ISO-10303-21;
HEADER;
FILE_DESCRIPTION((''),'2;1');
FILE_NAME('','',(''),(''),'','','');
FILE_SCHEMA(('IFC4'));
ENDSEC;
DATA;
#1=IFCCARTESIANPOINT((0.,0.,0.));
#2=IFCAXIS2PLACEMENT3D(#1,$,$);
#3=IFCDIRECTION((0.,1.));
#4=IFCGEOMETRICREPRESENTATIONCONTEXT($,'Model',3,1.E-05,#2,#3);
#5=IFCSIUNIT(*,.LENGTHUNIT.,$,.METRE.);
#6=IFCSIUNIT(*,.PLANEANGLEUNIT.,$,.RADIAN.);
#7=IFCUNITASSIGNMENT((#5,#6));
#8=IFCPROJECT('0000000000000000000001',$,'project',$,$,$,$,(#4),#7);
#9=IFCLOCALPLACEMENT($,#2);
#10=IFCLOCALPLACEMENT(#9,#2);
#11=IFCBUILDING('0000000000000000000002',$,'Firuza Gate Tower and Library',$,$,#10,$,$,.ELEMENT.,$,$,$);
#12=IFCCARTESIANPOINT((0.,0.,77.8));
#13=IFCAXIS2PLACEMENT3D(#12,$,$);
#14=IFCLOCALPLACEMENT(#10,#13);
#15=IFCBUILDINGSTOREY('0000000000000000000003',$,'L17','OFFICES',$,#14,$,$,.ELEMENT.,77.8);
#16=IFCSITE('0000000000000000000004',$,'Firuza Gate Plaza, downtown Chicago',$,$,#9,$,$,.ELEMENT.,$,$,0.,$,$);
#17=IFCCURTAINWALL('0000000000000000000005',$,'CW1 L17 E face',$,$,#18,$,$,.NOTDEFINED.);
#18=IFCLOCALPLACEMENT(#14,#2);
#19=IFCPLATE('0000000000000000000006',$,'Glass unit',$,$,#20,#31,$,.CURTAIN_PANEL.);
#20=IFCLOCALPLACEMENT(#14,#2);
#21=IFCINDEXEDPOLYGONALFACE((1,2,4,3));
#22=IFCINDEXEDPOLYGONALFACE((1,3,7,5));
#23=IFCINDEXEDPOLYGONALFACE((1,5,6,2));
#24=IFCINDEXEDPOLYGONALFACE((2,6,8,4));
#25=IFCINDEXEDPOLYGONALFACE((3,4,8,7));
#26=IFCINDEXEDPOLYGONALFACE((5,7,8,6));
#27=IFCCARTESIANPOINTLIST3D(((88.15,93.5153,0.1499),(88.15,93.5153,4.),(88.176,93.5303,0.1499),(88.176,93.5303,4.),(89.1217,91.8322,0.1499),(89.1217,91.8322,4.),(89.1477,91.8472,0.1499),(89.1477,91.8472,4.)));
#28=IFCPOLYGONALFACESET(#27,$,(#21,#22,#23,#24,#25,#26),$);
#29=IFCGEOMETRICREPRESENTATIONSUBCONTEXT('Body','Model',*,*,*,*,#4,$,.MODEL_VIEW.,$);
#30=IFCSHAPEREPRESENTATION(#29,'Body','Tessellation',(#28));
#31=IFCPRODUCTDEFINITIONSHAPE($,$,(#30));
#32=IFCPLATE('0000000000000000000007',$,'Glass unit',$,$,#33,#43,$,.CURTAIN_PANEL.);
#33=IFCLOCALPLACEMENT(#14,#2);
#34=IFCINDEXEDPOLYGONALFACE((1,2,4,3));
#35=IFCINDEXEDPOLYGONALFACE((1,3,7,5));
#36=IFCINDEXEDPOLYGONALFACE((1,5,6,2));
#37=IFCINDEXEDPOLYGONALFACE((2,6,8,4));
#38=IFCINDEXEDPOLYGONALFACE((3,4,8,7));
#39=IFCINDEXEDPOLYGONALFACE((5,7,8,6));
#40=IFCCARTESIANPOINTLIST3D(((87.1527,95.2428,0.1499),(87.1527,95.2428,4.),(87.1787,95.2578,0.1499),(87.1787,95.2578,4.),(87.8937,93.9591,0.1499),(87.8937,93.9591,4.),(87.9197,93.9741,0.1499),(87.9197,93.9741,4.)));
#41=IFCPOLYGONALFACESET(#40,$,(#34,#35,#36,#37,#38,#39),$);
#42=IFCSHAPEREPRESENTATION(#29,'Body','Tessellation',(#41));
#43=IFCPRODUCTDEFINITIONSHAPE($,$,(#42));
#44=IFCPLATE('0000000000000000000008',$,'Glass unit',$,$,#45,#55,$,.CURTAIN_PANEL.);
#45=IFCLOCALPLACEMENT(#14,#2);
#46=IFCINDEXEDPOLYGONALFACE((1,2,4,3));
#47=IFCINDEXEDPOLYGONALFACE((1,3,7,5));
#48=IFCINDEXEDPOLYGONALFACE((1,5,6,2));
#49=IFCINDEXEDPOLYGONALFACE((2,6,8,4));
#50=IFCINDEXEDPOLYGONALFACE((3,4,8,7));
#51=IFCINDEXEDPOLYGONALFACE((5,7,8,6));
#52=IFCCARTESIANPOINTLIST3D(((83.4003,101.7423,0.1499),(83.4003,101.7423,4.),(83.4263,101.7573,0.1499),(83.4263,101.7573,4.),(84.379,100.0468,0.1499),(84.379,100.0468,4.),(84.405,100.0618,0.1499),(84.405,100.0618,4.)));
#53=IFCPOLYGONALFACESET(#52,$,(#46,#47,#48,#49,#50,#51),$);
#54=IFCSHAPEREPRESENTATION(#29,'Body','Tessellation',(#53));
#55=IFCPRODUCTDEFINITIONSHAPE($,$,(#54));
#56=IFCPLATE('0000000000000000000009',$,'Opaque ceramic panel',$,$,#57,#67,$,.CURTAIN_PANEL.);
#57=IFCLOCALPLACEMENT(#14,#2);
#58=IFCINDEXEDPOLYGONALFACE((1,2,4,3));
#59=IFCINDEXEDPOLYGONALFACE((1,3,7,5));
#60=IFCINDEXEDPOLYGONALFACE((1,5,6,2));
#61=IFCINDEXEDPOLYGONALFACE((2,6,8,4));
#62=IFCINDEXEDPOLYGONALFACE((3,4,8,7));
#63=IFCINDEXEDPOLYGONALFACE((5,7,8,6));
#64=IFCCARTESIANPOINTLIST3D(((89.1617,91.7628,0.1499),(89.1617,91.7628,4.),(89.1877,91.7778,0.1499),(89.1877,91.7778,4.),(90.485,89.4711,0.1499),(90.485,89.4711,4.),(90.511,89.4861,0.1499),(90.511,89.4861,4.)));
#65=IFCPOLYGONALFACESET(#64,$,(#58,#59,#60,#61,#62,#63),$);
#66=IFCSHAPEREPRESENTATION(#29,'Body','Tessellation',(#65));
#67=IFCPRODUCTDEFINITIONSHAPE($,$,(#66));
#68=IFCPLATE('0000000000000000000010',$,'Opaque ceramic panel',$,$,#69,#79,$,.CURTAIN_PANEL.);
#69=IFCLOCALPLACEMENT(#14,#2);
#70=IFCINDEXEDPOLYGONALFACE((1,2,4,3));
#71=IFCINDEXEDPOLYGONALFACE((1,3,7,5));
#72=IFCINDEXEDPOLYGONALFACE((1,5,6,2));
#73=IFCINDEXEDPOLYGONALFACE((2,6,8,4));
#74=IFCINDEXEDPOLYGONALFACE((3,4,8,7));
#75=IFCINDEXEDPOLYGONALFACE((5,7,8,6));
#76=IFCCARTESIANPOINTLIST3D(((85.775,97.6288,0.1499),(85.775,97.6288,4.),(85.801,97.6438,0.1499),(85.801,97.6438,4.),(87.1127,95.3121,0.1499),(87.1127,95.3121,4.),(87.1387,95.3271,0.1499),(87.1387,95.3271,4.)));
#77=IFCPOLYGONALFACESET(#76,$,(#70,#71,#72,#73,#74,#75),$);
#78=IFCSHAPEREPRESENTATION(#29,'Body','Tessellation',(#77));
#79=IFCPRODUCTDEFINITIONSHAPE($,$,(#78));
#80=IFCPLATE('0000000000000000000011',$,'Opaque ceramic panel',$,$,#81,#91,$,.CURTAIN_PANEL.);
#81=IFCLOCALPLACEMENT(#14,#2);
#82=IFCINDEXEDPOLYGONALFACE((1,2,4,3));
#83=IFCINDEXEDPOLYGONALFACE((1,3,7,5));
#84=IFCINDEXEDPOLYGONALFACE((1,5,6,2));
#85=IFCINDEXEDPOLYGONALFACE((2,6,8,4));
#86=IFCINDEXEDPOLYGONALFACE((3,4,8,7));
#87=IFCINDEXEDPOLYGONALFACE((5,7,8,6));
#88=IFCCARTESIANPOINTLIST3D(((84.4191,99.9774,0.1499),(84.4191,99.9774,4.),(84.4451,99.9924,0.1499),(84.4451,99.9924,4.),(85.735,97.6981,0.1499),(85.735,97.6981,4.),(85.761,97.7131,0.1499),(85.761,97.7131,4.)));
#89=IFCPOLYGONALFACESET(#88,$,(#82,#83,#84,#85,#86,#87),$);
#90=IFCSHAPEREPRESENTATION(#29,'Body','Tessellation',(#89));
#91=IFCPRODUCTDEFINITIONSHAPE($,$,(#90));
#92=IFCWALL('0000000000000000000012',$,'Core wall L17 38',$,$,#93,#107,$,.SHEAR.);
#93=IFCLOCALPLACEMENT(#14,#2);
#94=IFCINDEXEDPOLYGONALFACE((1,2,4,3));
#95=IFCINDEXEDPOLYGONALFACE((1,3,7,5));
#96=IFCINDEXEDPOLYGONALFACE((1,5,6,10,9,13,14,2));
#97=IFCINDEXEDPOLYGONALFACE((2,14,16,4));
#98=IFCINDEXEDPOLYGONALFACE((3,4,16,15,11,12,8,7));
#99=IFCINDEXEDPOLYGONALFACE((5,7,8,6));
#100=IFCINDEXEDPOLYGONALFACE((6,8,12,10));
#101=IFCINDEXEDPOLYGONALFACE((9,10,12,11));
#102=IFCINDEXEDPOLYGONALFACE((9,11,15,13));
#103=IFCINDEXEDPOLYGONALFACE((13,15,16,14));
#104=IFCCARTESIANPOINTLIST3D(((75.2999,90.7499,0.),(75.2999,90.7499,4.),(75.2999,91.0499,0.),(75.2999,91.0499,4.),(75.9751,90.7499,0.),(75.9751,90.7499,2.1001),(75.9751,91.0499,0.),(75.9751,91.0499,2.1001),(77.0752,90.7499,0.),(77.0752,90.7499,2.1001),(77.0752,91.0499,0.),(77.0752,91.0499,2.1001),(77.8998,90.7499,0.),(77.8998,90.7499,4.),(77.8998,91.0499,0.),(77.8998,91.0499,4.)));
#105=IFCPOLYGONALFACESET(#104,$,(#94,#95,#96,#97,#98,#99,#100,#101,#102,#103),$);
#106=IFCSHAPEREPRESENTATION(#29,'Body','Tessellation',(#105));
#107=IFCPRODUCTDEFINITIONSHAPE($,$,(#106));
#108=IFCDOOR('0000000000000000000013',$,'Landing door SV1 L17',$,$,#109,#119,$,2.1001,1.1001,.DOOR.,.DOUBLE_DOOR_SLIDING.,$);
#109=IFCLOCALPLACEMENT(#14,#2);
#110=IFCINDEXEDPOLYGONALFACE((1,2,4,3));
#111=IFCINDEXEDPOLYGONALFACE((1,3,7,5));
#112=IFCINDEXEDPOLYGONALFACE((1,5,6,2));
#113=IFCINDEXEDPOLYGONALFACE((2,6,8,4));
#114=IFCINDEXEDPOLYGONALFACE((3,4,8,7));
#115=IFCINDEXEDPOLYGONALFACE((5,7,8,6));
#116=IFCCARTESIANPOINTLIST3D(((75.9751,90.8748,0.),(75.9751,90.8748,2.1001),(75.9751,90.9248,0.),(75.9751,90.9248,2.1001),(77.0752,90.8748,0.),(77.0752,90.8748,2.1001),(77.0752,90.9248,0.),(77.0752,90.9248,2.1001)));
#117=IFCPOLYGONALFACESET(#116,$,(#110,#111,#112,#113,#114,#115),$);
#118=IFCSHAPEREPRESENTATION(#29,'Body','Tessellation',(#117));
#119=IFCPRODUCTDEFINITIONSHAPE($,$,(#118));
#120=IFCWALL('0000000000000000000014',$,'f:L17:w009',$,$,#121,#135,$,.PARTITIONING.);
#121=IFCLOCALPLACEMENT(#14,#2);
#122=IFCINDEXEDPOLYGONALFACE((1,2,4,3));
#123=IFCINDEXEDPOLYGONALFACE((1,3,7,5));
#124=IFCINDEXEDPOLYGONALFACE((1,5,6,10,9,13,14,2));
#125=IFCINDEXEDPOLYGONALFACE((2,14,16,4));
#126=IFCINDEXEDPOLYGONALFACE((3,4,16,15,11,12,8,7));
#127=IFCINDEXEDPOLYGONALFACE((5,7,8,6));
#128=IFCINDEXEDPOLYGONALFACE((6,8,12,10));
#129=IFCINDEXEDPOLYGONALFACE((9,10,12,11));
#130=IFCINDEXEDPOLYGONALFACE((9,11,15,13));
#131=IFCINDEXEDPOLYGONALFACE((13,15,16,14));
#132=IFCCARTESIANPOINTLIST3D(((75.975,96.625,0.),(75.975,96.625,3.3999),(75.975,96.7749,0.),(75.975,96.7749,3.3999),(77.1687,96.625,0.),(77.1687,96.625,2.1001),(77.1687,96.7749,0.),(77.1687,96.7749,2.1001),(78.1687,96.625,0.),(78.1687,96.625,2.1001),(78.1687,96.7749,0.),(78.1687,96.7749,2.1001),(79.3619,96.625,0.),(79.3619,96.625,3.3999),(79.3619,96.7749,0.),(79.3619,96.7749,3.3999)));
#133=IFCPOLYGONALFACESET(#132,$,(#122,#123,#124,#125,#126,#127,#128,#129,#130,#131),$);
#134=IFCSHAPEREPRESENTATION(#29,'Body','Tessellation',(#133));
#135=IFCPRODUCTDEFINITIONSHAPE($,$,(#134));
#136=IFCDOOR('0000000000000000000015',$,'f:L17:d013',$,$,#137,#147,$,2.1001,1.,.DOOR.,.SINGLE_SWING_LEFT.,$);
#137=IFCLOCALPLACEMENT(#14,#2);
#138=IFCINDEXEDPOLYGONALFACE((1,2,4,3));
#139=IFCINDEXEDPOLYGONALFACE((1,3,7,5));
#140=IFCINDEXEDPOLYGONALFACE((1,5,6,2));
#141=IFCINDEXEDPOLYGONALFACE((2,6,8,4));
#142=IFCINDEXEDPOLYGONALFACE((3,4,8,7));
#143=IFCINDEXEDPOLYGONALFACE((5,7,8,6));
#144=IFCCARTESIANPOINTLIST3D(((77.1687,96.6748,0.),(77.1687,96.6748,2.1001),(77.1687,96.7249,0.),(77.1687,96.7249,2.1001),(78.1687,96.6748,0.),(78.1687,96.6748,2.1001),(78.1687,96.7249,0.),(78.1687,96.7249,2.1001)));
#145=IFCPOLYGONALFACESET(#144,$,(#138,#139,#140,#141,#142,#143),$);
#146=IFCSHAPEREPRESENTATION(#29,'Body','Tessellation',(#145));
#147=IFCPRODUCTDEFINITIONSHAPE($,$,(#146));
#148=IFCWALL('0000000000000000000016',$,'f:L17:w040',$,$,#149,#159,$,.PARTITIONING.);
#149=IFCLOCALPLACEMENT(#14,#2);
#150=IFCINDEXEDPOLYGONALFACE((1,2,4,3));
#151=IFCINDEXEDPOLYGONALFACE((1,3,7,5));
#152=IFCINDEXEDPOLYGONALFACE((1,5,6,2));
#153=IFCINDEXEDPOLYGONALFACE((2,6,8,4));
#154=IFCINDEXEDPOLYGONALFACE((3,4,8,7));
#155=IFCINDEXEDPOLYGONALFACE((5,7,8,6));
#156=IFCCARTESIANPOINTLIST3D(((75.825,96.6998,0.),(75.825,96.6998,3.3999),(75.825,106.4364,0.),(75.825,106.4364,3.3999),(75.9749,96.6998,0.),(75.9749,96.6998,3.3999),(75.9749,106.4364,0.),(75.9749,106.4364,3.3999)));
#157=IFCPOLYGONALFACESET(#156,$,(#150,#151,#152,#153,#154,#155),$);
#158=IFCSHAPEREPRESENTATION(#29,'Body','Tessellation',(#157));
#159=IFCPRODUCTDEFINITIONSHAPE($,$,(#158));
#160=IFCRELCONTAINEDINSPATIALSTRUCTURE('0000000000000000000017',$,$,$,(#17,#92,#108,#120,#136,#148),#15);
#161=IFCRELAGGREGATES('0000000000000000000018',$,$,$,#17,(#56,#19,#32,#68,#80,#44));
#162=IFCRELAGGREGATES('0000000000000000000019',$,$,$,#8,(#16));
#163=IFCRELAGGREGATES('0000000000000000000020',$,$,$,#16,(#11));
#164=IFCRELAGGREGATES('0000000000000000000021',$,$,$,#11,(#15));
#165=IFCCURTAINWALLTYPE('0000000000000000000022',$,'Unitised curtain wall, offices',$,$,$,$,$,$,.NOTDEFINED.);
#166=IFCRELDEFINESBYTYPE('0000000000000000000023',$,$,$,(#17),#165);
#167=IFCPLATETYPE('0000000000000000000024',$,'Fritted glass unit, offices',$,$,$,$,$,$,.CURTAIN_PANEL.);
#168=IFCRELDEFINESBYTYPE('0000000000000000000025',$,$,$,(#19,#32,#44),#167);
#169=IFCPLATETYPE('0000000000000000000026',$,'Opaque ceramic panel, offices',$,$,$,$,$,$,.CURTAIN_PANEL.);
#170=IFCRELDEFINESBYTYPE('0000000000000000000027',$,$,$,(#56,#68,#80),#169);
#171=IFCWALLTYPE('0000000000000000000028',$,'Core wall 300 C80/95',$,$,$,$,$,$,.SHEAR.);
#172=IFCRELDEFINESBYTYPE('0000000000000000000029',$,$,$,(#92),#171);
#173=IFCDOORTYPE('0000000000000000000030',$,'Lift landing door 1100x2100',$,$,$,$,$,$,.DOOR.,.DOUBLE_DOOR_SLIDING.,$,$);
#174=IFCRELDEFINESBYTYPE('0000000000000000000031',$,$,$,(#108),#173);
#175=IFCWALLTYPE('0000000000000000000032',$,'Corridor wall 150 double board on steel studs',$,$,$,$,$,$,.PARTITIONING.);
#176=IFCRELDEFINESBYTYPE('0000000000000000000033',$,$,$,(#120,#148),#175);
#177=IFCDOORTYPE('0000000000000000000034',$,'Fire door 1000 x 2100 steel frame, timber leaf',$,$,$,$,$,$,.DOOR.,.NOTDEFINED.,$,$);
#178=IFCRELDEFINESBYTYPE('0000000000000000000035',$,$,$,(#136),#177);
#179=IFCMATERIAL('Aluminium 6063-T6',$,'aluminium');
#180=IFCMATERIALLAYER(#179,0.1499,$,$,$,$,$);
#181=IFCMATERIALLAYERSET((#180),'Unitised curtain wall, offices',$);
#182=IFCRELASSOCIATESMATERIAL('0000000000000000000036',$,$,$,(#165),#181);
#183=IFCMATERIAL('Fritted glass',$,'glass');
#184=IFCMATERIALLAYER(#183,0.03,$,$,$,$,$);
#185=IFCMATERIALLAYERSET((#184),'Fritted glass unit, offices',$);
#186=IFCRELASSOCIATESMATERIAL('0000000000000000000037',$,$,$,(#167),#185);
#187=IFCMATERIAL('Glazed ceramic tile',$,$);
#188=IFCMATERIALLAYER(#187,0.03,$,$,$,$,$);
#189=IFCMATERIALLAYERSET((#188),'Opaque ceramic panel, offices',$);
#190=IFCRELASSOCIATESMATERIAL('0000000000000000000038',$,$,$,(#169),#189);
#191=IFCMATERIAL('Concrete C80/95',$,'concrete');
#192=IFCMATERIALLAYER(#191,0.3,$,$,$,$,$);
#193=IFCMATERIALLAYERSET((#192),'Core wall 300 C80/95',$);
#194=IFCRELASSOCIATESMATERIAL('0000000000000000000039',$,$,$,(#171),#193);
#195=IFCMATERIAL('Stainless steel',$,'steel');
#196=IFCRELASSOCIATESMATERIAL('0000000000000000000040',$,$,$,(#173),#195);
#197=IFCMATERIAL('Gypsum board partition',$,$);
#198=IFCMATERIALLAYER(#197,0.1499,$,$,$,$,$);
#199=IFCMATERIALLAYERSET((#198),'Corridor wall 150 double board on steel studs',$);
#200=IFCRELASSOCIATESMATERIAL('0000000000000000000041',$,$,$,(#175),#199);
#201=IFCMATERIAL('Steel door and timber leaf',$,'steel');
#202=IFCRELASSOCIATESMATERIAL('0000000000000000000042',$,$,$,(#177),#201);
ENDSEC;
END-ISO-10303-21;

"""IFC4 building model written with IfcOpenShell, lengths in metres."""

from ifc_helpers import new_model, si_unit, direction, frame, frame_2d, origin, place, context, subcontext, project, spatial, polyline, rectangle, outline, extrude, material, layer, layer_set, type_object, element, fill, aggregate, save


model = new_model("IFC4")

# Units and contexts
model_context = context("Model", 3, precision=1e-05, world=origin(), true_north=direction((0.0, 1.0)))
body_context = subcontext(model_context, "Body", "Model", "MODEL_VIEW")
ifc_project = project(units=[si_unit("LENGTHUNIT", "METRE"), si_unit("PLANEANGLEUNIT", "RADIAN")], contexts=[model_context])

# Site, building, storey
site_placement = place(None, origin())
site = spatial("IfcSite", under=ifc_project, at=site_placement, Name="Firuza Gate Plaza, downtown Chicago", CompositionType="ELEMENT", RefElevation=0.0)
building_placement = place(site_placement, origin())
building = spatial("IfcBuilding", under=site, at=building_placement, Name="Firuza Gate Tower and Library", CompositionType="ELEMENT")
storey_placement = place(building_placement, frame((0.0, 0.0, 77.8)))
storey = spatial("IfcBuildingStorey", under=building, at=storey_placement, Name="L17", Description="OFFICES", CompositionType="ELEMENT", Elevation=77.8)

# Curtain wall
ifc_material_1 = material(Name="Aluminium 6063-T6", Category="aluminium")
ifc_layer_1 = layer(ifc_material_1, 0.1499)
ifc_layer_set_1 = layer_set([ifc_layer_1], Name="Unitised curtain wall, offices")
curtain_wall_type = type_object("IfcCurtainWallType", Name="Unitised curtain wall, offices", PredefinedType="NOTDEFINED", material=ifc_layer_set_1)
curtain_wall_placement = place(storey_placement, origin())
curtain_wall = element("IfcCurtainWall", 1, at=curtain_wall_placement, inside=storey, type_object=curtain_wall_type, Name="CW1 L17 E face", PredefinedType="NOTDEFINED")

# Plates
ifc_material_2 = material(Name="Fritted glass", Category="glass")
ifc_layer_2 = layer(ifc_material_2, 0.03)
ifc_layer_set_2 = layer_set([ifc_layer_2], Name="Fritted glass unit, offices")
plate_type_1 = type_object("IfcPlateType", Name="Fritted glass unit, offices", PredefinedType="CURTAIN_PANEL", material=ifc_layer_set_2)
plate_1_placement = place(storey_placement, frame((89.1477, 91.8472, 0.1499), z_axis=(0.866039, 0.499976, 0.0), x_axis=(-0.499976, 0.866039, 0.0)))
plate_1 = element("IfcPlate", 2, at=plate_1_placement, type_object=plate_type_1, Name="Glass unit", PredefinedType="CURTAIN_PANEL", context=body_context, shape_type="SweptSolid", body=[
    extrude(outline(polyline([(0.0, 0.0), (1.9435, 0.0), (1.9435, 3.8501), (0.0, 3.8501), (0.0, 0.0)])), origin(), (0.0, 0.0, -1.0), 0.03),
])
plate_2_placement = place(storey_placement, frame((87.9197, 93.9741, 0.1499), z_axis=(0.866076, 0.499913, 0.0), x_axis=(-0.499913, 0.866076, 0.0)))
plate_2 = element("IfcPlate", 3, at=plate_2_placement, type_object=plate_type_1, Name="Glass unit", PredefinedType="CURTAIN_PANEL", context=body_context, shape_type="SweptSolid", body=[
    extrude(outline(polyline([(0.0, 0.0), (1.4822, 0.0), (1.4822, 3.8501), (0.0, 3.8501), (0.0, 0.0)])), origin(), (0.0, 0.0, -1.0), 0.03),
])
plate_3_placement = place(storey_placement, frame((84.405, 100.0618, 0.1499), z_axis=(0.866063, 0.499935, 0.0), x_axis=(-0.499935, 0.866063, 0.0)))
plate_3 = element("IfcPlate", 4, at=plate_3_placement, type_object=plate_type_1, Name="Glass unit", PredefinedType="CURTAIN_PANEL", context=body_context, shape_type="SweptSolid", body=[
    extrude(outline(polyline([(0.0, 0.0), (1.9578, 0.0), (1.9578, 3.8501), (0.0, 3.8501), (0.0, 0.0)])), origin(), (0.0, 0.0, -1.0), 0.03),
])
ifc_material_3 = material(Name="Glazed ceramic tile")
ifc_layer_3 = layer(ifc_material_3, 0.03)
ifc_layer_set_3 = layer_set([ifc_layer_3], Name="Opaque ceramic panel, offices")
plate_type_2 = type_object("IfcPlateType", Name="Opaque ceramic panel, offices", PredefinedType="CURTAIN_PANEL", material=ifc_layer_set_3)
plate_4_placement = place(storey_placement, frame((90.511, 89.4861, 0.1499), z_axis=(0.866009, 0.500029, 0.0), x_axis=(-0.500029, 0.866009, 0.0)))
plate_4 = element("IfcPlate", 5, at=plate_4_placement, type_object=plate_type_2, Name="Opaque ceramic panel", PredefinedType="CURTAIN_PANEL", context=body_context, shape_type="SweptSolid", body=[
    extrude(outline(polyline([(0.0, 0.0), (2.6463, 0.0), (2.6463, 3.8501), (0.0, 3.8501), (0.0, 0.0)])), origin(), (0.0, 0.0, -1.0), 0.03),
])
plate_5_placement = place(storey_placement, frame((87.1387, 95.3271, 0.1499), z_axis=(0.866005, 0.500036, 0.0), x_axis=(-0.500036, 0.866005, 0.0)))
plate_5 = element("IfcPlate", 6, at=plate_5_placement, type_object=plate_type_2, Name="Opaque ceramic panel", PredefinedType="CURTAIN_PANEL", context=body_context, shape_type="SweptSolid", body=[
    extrude(outline(polyline([(0.0, 0.0), (2.6751, 0.0), (2.6751, 3.8501), (0.0, 3.8501), (0.0, 0.0)])), origin(), (0.0, 0.0, -1.0), 0.03),
])
plate_6_placement = place(storey_placement, frame((85.761, 97.7131, 0.1499), z_axis=(0.866031, 0.49999, 0.0), x_axis=(-0.49999, 0.866031, 0.0)))
plate_6 = element("IfcPlate", 7, at=plate_6_placement, type_object=plate_type_2, Name="Opaque ceramic panel", PredefinedType="CURTAIN_PANEL", context=body_context, shape_type="SweptSolid", body=[
    extrude(outline(polyline([(0.0, 0.0), (2.6319, 0.0), (2.6319, 3.8501), (0.0, 3.8501), (0.0, 0.0)])), origin(), (0.0, 0.0, -1.0), 0.03),
])
aggregate(curtain_wall, [plate_4, plate_1, plate_2, plate_5, plate_6, plate_3])

# Walls, openings, doors
ifc_material_4 = material(Name="Concrete C80/95", Category="concrete")
ifc_layer_4 = layer(ifc_material_4, 0.3)
ifc_layer_set_4 = layer_set([ifc_layer_4], Name="Core wall 300 C80/95")
wall_type_1 = type_object("IfcWallType", Name="Core wall 300 C80/95", PredefinedType="SHEAR", material=ifc_layer_set_4)
wall_1_placement = place(storey_placement, frame((75.3, 90.8999, 0.0), z_axis=(0.0, 0.0, 1.0), x_axis=(1.0, 0.0, 0.0)))
wall_1 = element("IfcWall", 8, at=wall_1_placement, inside=storey, type_object=wall_type_1, Name="Core wall L17 38", PredefinedType="SHEAR", context=body_context, shape_type="SweptSolid", body=[
    extrude(rectangle(XDim=2.5999, YDim=0.3, at=frame_2d((1.2998, 0.0))), origin(), (0.0, 0.0, 1.0), 4.0),
])
opening_1_placement = place(wall_1_placement, frame((0.675, 0.0, 0.0)))
opening_1 = element("IfcOpeningElement", 9, at=opening_1_placement, cuts=wall_1, PredefinedType="OPENING", context=body_context, shape_type="SweptSolid", body=[
    extrude(rectangle(XDim=1.1001, YDim=2.1001, at=frame_2d((0.55, 1.05))), frame((0.0, 0.1602, 0.0), z_axis=(0.0, -1.0, 0.0), x_axis=(1.0, 0.0, 0.0)), (0.0, 0.0, 1.0), 0.3201),
])
ifc_material_5 = material(Name="Stainless steel", Category="steel")
door_type_1 = type_object("IfcDoorType", Name="Lift landing door 1100x2100", OperationType="DOUBLE_DOOR_SLIDING", PredefinedType="DOOR", material=ifc_material_5)
door_1_placement = place(opening_1_placement, origin())
door_1 = element("IfcDoor", 10, at=door_1_placement, inside=storey, type_object=door_type_1, Name="Landing door SV1 L17", OperationType="DOUBLE_DOOR_SLIDING", OverallHeight=2.1001, OverallWidth=1.1001, PredefinedType="DOOR", context=body_context, shape_type="SweptSolid", body=[
    extrude(rectangle(XDim=1.1001, YDim=2.1001, at=frame_2d((0.55, 1.05))), frame((0.0, 0.0249, 0.0), z_axis=(0.0, -1.0, 0.0), x_axis=(1.0, 0.0, 0.0)), (0.0, 0.0, 1.0), 0.05),
])
fill(opening_1, door_1)
ifc_material_6 = material(Name="Gypsum board partition")
ifc_layer_5 = layer(ifc_material_6, 0.1499)
ifc_layer_set_5 = layer_set([ifc_layer_5], Name="Corridor wall 150 double board on steel studs")
wall_type_2 = type_object("IfcWallType", Name="Corridor wall 150 double board on steel studs", PredefinedType="PARTITIONING", material=ifc_layer_set_5)
wall_2_placement = place(storey_placement, frame((75.9751, 96.7, 0.0), z_axis=(0.0, 0.0, 1.0), x_axis=(1.0, 0.0, 0.0)))
wall_2 = element("IfcWall", 11, at=wall_2_placement, inside=storey, type_object=wall_type_2, Name="f:L17:w009", PredefinedType="PARTITIONING", context=body_context, shape_type="SweptSolid", body=[
    extrude(rectangle(XDim=3.387, YDim=0.1499, at=frame_2d((1.6934, 0.0))), origin(), (0.0, 0.0, 1.0), 3.3999),
])
opening_2_placement = place(wall_2_placement, frame((1.1936, 0.0, 0.0)))
opening_2 = element("IfcOpeningElement", 12, at=opening_2_placement, cuts=wall_2, PredefinedType="OPENING", context=body_context, shape_type="SweptSolid", body=[
    extrude(rectangle(XDim=1.0, YDim=2.1001, at=frame_2d((0.5, 1.05))), frame((0.0, 0.085, 0.0), z_axis=(0.0, -1.0, 0.0), x_axis=(1.0, 0.0, 0.0)), (0.0, 0.0, 1.0), 0.1699),
])
ifc_material_7 = material(Name="Steel door and timber leaf", Category="steel")
door_type_2 = type_object("IfcDoorType", Name="Fire door 1000 x 2100 steel frame, timber leaf", OperationType="NOTDEFINED", PredefinedType="DOOR", material=ifc_material_7)
door_2_placement = place(opening_2_placement, origin())
door_2 = element("IfcDoor", 13, at=door_2_placement, inside=storey, type_object=door_type_2, Name="f:L17:d013", OperationType="SINGLE_SWING_LEFT", OverallHeight=2.1001, OverallWidth=1.0, PredefinedType="DOOR", context=body_context, shape_type="SweptSolid", body=[
    extrude(rectangle(XDim=1.0, YDim=2.1001, at=frame_2d((0.5, 1.05))), frame((0.0, 0.0249, 0.0), z_axis=(0.0, -1.0, 0.0), x_axis=(1.0, 0.0, 0.0)), (0.0, 0.0, 1.0), 0.05),
])
fill(opening_2, door_2)

# Wall
wall_3_placement = place(storey_placement, frame((75.8999, 96.7, 0.0), z_axis=(0.0, 0.0, 1.0), x_axis=(0.0, 1.0, 0.0)))
element("IfcWall", 14, at=wall_3_placement, inside=storey, type_object=wall_type_2, Name="f:L17:w040", PredefinedType="PARTITIONING", context=body_context, shape_type="SweptSolid", body=[
    extrude(rectangle(XDim=9.7366, YDim=0.1499, at=frame_2d((4.8682, 0.0))), origin(), (0.0, 0.0, 1.0), 3.3999),
])

save(model, "model.ifc")
